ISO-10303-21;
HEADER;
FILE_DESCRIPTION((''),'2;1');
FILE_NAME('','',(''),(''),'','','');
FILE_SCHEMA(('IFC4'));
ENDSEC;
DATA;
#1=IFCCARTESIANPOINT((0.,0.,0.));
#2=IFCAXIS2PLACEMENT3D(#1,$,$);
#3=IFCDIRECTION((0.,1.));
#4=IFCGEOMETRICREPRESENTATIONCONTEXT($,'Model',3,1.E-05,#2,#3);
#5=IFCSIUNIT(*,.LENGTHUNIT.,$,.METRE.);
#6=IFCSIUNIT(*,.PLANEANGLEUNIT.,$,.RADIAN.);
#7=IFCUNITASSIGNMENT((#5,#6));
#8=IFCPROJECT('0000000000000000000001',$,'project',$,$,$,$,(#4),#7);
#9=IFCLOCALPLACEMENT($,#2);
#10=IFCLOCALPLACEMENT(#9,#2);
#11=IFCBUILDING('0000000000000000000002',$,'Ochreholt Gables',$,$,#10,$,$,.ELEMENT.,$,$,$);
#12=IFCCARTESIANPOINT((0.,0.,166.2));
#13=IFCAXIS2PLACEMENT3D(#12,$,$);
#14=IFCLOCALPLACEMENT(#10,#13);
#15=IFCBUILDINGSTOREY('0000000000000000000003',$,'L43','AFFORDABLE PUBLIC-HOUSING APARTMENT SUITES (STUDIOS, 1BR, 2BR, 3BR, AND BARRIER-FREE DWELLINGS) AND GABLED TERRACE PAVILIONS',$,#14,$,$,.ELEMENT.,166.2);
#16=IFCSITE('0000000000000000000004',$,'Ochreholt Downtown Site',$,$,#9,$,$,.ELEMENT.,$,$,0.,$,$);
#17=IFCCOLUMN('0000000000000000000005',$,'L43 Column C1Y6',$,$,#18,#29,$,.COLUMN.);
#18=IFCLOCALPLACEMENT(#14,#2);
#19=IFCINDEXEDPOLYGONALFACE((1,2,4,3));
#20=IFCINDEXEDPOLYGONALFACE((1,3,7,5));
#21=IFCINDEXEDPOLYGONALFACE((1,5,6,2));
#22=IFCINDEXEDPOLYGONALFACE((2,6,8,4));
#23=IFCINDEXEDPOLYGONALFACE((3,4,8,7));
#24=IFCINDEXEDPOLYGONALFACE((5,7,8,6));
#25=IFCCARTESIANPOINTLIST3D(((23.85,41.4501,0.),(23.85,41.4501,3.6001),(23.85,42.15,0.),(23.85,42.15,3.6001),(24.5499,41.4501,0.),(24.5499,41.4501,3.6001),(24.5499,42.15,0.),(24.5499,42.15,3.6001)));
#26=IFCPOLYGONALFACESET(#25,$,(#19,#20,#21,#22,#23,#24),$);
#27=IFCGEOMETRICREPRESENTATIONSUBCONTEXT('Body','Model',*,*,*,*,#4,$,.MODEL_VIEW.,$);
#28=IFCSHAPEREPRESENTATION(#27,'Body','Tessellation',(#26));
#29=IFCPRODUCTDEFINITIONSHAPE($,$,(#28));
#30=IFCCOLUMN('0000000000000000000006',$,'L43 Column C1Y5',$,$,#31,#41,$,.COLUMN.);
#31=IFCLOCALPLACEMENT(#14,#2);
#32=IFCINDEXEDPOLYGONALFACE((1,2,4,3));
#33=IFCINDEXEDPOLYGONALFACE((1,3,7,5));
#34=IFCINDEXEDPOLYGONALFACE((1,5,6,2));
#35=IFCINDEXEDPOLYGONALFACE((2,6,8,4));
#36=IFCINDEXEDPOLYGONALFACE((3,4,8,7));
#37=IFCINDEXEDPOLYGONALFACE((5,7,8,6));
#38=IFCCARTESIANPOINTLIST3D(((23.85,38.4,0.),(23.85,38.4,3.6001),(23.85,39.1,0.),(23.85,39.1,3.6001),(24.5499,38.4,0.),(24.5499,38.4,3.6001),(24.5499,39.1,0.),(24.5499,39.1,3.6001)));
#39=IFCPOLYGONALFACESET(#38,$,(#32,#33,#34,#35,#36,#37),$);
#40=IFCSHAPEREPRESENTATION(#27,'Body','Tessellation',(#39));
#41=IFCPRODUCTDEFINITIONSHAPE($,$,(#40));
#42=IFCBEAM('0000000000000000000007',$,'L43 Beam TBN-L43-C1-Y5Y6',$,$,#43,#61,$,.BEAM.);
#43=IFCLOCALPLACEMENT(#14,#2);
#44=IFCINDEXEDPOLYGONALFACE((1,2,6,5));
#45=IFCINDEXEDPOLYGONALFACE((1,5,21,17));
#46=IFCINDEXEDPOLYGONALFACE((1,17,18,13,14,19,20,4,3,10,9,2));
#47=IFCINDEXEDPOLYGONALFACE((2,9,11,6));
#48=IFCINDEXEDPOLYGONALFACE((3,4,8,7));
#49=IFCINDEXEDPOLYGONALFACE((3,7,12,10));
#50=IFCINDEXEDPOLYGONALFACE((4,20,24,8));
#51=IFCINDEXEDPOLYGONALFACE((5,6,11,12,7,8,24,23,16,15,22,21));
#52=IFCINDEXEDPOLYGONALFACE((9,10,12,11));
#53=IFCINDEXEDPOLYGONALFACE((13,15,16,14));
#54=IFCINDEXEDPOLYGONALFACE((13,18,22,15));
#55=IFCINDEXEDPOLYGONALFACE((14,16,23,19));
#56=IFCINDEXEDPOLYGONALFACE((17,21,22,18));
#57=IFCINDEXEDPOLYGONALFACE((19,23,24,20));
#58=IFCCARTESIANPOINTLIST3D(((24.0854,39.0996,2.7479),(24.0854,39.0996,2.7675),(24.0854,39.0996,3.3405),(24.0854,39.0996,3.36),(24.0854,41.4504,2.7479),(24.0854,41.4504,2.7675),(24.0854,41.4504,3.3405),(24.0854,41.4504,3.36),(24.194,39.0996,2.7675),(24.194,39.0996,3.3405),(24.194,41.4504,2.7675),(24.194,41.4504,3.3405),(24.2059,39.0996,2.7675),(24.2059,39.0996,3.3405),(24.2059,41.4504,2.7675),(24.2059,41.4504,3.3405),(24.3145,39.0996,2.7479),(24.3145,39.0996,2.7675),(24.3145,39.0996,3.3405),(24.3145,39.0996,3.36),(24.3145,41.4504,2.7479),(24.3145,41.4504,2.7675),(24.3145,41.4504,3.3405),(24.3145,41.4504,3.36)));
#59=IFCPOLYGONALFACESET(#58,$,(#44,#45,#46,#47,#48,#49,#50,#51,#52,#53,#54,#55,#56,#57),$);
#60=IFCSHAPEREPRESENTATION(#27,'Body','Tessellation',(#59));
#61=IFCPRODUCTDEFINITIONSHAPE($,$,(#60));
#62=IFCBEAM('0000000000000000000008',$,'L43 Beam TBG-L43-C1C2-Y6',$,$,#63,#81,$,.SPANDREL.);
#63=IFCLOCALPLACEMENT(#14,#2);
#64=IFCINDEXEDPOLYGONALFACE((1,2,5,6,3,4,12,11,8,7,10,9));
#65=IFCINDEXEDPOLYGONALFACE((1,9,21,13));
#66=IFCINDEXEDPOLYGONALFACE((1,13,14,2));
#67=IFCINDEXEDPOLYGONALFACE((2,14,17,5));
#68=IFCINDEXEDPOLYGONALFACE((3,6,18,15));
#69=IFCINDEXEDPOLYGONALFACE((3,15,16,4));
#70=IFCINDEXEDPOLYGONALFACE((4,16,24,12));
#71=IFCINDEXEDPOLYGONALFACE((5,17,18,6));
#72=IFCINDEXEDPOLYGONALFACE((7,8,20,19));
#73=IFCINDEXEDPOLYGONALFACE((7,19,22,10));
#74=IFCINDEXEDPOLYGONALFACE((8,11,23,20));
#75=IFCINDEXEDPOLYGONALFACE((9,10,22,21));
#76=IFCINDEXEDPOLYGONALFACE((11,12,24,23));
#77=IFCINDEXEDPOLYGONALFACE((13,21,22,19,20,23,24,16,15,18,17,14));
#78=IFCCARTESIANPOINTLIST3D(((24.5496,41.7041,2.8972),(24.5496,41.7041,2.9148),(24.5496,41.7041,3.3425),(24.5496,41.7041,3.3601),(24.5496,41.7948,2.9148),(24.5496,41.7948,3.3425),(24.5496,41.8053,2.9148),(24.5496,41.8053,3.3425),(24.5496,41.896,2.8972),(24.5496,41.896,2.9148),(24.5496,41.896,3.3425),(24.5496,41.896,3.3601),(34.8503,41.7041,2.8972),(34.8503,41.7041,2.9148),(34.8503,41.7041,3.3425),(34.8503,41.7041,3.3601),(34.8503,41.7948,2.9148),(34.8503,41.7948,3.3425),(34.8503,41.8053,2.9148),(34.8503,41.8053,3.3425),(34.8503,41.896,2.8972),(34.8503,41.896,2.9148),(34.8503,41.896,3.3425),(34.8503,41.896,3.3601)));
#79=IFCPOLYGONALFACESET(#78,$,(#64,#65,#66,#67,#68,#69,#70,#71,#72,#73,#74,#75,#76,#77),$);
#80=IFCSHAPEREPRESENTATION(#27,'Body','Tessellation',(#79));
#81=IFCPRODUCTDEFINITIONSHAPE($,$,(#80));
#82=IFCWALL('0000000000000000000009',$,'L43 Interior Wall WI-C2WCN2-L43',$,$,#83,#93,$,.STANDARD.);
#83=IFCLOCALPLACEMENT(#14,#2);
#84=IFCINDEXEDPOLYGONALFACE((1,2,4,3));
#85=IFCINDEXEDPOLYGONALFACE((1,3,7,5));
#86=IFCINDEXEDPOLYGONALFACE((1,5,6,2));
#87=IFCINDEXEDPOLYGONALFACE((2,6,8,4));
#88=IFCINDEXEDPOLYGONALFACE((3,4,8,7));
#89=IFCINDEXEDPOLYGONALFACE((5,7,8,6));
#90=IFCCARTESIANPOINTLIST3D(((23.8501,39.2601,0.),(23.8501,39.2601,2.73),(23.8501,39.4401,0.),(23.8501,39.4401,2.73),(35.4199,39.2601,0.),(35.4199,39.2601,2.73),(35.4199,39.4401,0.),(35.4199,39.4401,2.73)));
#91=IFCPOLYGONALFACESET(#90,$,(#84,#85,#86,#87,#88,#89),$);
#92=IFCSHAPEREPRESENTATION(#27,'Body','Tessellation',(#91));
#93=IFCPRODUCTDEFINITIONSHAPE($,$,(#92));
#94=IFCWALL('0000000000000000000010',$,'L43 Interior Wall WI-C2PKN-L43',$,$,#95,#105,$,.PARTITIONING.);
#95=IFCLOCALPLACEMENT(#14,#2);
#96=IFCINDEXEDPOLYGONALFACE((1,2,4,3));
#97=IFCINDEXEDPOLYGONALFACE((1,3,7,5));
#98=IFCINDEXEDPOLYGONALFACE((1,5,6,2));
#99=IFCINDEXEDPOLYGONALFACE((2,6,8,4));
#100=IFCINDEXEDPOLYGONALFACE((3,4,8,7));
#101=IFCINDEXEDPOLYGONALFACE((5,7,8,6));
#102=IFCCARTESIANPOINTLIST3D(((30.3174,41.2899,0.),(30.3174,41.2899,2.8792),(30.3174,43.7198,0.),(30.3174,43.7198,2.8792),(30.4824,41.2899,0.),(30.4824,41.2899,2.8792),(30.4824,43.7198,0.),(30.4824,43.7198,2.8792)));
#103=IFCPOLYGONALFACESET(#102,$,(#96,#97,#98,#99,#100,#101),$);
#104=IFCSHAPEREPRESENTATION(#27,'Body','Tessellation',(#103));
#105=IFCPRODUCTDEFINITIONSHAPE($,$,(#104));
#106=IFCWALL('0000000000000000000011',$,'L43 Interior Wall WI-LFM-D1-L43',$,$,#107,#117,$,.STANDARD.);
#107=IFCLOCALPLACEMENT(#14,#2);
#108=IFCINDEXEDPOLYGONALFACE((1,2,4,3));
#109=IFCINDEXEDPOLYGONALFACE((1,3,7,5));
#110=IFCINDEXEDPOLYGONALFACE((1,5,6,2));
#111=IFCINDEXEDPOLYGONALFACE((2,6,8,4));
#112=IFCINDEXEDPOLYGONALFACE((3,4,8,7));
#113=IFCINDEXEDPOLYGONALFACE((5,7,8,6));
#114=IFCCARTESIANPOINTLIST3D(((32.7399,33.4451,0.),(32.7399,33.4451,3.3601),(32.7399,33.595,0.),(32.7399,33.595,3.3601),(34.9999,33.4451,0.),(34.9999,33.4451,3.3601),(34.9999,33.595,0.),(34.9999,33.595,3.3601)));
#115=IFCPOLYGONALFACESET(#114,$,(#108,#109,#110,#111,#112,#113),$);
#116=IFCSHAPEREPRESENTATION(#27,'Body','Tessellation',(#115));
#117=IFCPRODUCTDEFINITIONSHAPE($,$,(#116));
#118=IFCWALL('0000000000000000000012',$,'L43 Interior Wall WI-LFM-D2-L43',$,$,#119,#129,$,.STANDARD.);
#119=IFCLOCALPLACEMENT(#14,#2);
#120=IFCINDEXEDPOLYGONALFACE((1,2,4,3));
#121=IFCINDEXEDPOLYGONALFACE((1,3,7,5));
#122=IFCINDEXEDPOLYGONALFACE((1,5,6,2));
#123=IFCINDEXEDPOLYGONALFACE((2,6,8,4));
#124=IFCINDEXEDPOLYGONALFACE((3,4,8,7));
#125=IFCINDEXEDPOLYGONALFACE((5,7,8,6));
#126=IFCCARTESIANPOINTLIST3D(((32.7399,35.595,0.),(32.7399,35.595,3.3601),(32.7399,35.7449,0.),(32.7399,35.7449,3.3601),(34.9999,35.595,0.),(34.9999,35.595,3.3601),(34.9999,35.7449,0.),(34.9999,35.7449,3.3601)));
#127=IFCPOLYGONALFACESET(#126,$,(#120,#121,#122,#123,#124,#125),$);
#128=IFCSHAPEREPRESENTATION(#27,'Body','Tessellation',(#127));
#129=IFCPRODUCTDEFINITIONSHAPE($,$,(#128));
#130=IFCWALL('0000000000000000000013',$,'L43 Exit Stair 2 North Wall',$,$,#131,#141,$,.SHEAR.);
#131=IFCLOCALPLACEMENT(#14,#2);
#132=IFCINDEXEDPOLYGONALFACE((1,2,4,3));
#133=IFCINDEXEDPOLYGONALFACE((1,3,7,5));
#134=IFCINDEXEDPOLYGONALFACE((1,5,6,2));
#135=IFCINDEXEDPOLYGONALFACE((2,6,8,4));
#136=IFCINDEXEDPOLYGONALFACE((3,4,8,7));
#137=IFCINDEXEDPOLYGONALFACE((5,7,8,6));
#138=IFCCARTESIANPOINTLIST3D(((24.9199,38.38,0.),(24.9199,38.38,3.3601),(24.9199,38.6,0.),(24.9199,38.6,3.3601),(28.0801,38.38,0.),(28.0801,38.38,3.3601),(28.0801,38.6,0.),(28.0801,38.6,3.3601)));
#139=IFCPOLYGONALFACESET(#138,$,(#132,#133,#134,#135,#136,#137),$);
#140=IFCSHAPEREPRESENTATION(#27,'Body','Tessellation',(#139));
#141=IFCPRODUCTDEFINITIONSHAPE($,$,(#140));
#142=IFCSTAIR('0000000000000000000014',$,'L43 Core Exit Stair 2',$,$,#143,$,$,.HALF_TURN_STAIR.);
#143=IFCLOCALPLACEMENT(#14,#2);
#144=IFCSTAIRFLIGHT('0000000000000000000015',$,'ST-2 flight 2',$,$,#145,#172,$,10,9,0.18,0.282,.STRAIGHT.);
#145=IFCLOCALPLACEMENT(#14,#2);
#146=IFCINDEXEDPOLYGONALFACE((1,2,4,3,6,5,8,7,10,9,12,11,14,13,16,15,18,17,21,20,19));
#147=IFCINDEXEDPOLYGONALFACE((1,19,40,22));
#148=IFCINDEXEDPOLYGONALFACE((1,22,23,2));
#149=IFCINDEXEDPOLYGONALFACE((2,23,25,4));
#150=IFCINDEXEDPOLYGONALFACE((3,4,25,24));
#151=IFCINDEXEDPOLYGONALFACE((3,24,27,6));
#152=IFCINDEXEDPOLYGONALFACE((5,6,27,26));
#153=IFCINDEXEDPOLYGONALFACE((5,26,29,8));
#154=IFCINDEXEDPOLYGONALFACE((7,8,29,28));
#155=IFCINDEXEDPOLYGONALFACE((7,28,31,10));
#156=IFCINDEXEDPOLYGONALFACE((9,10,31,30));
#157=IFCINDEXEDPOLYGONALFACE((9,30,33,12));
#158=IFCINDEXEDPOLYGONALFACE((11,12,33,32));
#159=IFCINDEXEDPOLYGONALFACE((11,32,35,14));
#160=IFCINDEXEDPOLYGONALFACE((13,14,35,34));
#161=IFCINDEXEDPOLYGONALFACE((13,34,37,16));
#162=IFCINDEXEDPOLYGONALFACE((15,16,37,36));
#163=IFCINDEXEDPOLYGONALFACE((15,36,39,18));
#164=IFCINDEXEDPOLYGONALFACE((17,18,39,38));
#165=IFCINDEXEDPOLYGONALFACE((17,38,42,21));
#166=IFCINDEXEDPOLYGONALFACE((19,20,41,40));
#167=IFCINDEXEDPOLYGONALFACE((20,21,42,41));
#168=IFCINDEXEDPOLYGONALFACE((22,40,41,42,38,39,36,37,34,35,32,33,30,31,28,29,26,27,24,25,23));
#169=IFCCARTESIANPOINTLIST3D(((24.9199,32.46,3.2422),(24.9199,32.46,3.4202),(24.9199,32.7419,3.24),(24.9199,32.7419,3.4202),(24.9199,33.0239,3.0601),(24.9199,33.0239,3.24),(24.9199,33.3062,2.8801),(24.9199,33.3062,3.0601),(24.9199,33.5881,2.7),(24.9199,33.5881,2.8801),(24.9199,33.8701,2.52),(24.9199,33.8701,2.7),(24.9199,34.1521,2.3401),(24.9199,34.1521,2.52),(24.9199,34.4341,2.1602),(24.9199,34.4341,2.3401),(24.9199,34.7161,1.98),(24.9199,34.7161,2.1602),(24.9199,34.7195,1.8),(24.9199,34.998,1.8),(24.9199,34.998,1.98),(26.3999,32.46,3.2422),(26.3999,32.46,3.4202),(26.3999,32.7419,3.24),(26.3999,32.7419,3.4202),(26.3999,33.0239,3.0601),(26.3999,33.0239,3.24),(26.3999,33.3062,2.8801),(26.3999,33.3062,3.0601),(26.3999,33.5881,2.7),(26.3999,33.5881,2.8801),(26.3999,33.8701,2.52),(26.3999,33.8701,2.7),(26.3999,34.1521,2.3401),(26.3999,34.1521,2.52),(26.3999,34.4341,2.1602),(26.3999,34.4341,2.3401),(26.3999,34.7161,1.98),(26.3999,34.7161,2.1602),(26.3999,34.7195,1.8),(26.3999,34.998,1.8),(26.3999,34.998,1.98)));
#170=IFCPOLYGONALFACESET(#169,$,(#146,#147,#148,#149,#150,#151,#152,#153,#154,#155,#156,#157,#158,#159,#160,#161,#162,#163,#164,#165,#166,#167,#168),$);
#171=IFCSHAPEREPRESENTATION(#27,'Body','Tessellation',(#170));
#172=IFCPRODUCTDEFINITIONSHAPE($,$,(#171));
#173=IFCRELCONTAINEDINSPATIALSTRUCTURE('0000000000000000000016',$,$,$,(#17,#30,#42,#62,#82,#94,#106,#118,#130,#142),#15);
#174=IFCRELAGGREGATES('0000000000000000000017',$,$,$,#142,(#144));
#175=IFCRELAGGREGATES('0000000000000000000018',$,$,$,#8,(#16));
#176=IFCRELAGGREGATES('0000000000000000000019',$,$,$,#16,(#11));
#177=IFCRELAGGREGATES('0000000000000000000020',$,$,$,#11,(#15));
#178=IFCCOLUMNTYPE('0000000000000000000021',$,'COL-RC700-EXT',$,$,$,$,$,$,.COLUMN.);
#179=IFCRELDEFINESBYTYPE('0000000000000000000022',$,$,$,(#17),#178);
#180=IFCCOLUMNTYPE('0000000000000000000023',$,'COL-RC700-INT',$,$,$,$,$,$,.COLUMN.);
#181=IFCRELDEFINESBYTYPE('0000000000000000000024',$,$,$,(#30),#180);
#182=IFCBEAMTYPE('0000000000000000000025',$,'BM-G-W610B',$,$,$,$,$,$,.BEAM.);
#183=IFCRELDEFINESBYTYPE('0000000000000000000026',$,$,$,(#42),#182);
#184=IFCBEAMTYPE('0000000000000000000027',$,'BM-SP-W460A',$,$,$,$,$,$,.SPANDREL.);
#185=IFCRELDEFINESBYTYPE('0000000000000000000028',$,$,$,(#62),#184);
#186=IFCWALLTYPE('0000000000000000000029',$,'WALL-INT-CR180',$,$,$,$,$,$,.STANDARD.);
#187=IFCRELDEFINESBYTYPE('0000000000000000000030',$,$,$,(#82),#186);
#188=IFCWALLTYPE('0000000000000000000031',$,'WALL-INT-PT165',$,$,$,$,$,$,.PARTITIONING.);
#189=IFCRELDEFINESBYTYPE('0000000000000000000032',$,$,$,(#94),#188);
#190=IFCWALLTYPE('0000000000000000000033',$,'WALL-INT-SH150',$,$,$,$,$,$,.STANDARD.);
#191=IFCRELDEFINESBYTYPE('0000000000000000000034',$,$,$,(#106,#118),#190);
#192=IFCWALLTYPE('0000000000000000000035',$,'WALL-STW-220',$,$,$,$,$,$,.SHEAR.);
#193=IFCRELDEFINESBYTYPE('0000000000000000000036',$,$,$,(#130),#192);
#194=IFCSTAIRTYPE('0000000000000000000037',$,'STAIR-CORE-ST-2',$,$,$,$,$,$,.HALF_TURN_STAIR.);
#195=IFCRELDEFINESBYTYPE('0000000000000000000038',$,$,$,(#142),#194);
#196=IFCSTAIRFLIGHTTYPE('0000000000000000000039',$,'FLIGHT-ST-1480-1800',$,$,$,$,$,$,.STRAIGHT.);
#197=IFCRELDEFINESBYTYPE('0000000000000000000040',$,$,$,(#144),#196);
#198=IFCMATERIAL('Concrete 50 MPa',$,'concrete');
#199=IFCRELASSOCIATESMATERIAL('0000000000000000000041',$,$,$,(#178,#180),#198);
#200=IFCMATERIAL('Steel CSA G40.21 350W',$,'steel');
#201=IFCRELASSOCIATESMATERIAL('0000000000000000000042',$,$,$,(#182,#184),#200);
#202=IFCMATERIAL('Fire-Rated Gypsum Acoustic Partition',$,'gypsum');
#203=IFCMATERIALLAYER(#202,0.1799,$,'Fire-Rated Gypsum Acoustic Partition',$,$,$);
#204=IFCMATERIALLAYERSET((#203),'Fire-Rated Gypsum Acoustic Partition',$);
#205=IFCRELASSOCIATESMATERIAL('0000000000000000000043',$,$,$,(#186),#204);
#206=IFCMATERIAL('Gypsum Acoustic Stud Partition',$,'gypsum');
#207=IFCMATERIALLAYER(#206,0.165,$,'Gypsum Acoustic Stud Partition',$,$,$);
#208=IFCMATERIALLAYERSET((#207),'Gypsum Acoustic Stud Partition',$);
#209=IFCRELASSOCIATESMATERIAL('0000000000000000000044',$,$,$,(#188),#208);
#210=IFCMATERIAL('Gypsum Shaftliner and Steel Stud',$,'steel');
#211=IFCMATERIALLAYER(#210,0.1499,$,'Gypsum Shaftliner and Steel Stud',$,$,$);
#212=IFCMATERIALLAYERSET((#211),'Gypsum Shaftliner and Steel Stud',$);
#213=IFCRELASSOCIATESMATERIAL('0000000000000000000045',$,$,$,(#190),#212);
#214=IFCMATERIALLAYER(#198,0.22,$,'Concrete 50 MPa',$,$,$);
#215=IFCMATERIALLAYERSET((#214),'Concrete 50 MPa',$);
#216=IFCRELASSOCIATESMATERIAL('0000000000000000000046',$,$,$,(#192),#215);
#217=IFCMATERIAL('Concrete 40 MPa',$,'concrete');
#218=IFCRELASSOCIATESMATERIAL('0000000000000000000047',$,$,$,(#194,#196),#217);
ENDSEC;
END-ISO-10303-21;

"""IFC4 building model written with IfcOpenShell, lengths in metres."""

from ifc_helpers import new_model, si_unit, direction, frame, frame_2d, origin, origin_2d, place, context, subcontext, project, spatial, polyline, rectangle, i_section, outline, extrude, material, layer, layer_set, material_profile, profile_set, type_object, element, aggregate, save


model = new_model("IFC4")

# Units and contexts
model_context = context("Model", 3, precision=1e-05, world=origin(), true_north=direction((0.0, 1.0)))
body_context = subcontext(model_context, "Body", "Model", "MODEL_VIEW")
ifc_project = project(units=[si_unit("LENGTHUNIT", "METRE"), si_unit("PLANEANGLEUNIT", "RADIAN")], contexts=[model_context])

# Site, building, storey
site_placement = place(None, origin())
site = spatial("IfcSite", under=ifc_project, at=site_placement, Name="Ochreholt Downtown Site", CompositionType="ELEMENT", RefElevation=0.0)
building_placement = place(site_placement, origin())
building = spatial("IfcBuilding", under=site, at=building_placement, Name="Ochreholt Gables", CompositionType="ELEMENT")
storey_placement = place(building_placement, frame((0.0, 0.0, 166.2)))
storey = spatial("IfcBuildingStorey", under=building, at=storey_placement, Name="L43", Description="AFFORDABLE PUBLIC-HOUSING APARTMENT SUITES (STUDIOS, 1BR, 2BR, 3BR, AND BARRIER-FREE DWELLINGS) AND GABLED TERRACE PAVILIONS", CompositionType="ELEMENT", Elevation=166.2)

# Columns
ifc_material_1 = material(Name="Concrete 50 MPa", Category="concrete")
ifc_material_profile_1 = material_profile(ifc_material_1, rectangle(XDim=0.7, YDim=0.7, at=origin_2d()), Name="RC700X700")
ifc_profile_set_1 = profile_set([ifc_material_profile_1], Name="Concrete 50 MPa")
column_type_1 = type_object("IfcColumnType", Name="COL-RC700-EXT", PredefinedType="COLUMN", material=ifc_profile_set_1)
column_1_placement = place(storey_placement, frame((24.2, 41.8, 0.0), z_axis=(0.0, 0.0, 1.0), x_axis=(1.0, 0.0, 0.0)))
element("IfcColumn", 1, at=column_1_placement, inside=storey, type_object=column_type_1, Name="L43 Column C1Y6", PredefinedType="COLUMN", context=body_context, shape_type="SweptSolid", body=[
    extrude(rectangle(XDim=0.7, YDim=0.7, at=origin_2d()), origin(), (0.0, 0.0, 1.0), 3.6001),
])
ifc_material_profile_2 = material_profile(ifc_material_1, rectangle(XDim=0.7, YDim=0.7, at=origin_2d()), Name="RC700X700")
ifc_profile_set_2 = profile_set([ifc_material_profile_2], Name="Concrete 50 MPa")
column_type_2 = type_object("IfcColumnType", Name="COL-RC700-INT", PredefinedType="COLUMN", material=ifc_profile_set_2)
column_2_placement = place(storey_placement, frame((24.2, 38.75, 0.0), z_axis=(0.0, 0.0, 1.0), x_axis=(1.0, 0.0, 0.0)))
element("IfcColumn", 2, at=column_2_placement, inside=storey, type_object=column_type_2, Name="L43 Column C1Y5", PredefinedType="COLUMN", context=body_context, shape_type="SweptSolid", body=[
    extrude(rectangle(XDim=0.7, YDim=0.7, at=origin_2d()), origin(), (0.0, 0.0, 1.0), 3.6001),
])

# Beams
ifc_material_2 = material(Name="Steel CSA G40.21 350W", Category="steel")
ifc_material_profile_3 = material_profile(ifc_material_2, i_section(OverallWidth=0.229, OverallDepth=0.6121, WebThickness=0.012, FlangeThickness=0.0195, at=origin_2d()), Name="W610X125")
ifc_profile_set_3 = profile_set([ifc_material_profile_3], Name="Steel CSA G40.21 350W")
beam_type_1 = type_object("IfcBeamType", Name="BM-G-W610B", PredefinedType="BEAM", material=ifc_profile_set_3)
beam_1_placement = place(storey_placement, frame((24.2, 39.0996, 3.054), z_axis=(0.0, 1.0, 0.0), x_axis=(-1.0, 0.0, 0.0)))
element("IfcBeam", 3, at=beam_1_placement, inside=storey, type_object=beam_type_1, Name="L43 Beam TBN-L43-C1-Y5Y6", PredefinedType="BEAM", context=body_context, shape_type="SweptSolid", body=[
    extrude(i_section(OverallWidth=0.229, OverallDepth=0.6121, WebThickness=0.012, FlangeThickness=0.0195, at=origin_2d()), origin(), (0.0, 0.0, 1.0), 2.3508),
])
ifc_material_profile_4 = material_profile(ifc_material_2, i_section(OverallWidth=0.1919, OverallDepth=0.4629, WebThickness=0.0105, FlangeThickness=0.0176, at=origin_2d()), Name="W460X89")
ifc_profile_set_4 = profile_set([ifc_material_profile_4], Name="Steel CSA G40.21 350W")
beam_type_2 = type_object("IfcBeamType", Name="BM-SP-W460A", PredefinedType="SPANDREL", material=ifc_profile_set_4)
beam_2_placement = place(storey_placement, frame((24.5496, 41.8, 3.1287), z_axis=(1.0, 0.0, 0.0), x_axis=(0.0, 1.0, 0.0)))
element("IfcBeam", 4, at=beam_2_placement, inside=storey, type_object=beam_type_2, Name="L43 Beam TBG-L43-C1C2-Y6", PredefinedType="SPANDREL", context=body_context, shape_type="SweptSolid", body=[
    extrude(i_section(OverallWidth=0.1919, OverallDepth=0.4629, WebThickness=0.0105, FlangeThickness=0.0176, at=origin_2d()), origin(), (0.0, 0.0, 1.0), 10.3008),
])

# Walls
ifc_material_3 = material(Name="Fire-Rated Gypsum Acoustic Partition", Category="gypsum")
ifc_layer_1 = layer(ifc_material_3, 0.1799, Name="Fire-Rated Gypsum Acoustic Partition")
ifc_layer_set_1 = layer_set([ifc_layer_1], Name="Fire-Rated Gypsum Acoustic Partition")
wall_type_1 = type_object("IfcWallType", Name="WALL-INT-CR180", PredefinedType="STANDARD", material=ifc_layer_set_1)
wall_1_placement = place(storey_placement, frame((23.8501, 39.3501, 0.0), z_axis=(0.0, 0.0, 1.0), x_axis=(1.0, 0.0, 0.0)))
element("IfcWall", 5, at=wall_1_placement, inside=storey, type_object=wall_type_1, Name="L43 Interior Wall WI-C2WCN2-L43", PredefinedType="STANDARD", context=body_context, shape_type="SweptSolid", body=[
    extrude(rectangle(XDim=11.5698, YDim=0.1799, at=frame_2d((5.7849, 0.0))), origin(), (0.0, 0.0, 1.0), 2.73),
])
ifc_material_4 = material(Name="Gypsum Acoustic Stud Partition", Category="gypsum")
ifc_layer_2 = layer(ifc_material_4, 0.165, Name="Gypsum Acoustic Stud Partition")
ifc_layer_set_2 = layer_set([ifc_layer_2], Name="Gypsum Acoustic Stud Partition")
wall_type_2 = type_object("IfcWallType", Name="WALL-INT-PT165", PredefinedType="PARTITIONING", material=ifc_layer_set_2)
wall_2_placement = place(storey_placement, frame((30.3999, 41.29, 0.0), z_axis=(0.0, 0.0, 1.0), x_axis=(0.0, 1.0, 0.0)))
element("IfcWall", 6, at=wall_2_placement, inside=storey, type_object=wall_type_2, Name="L43 Interior Wall WI-C2PKN-L43", PredefinedType="PARTITIONING", context=body_context, shape_type="SweptSolid", body=[
    extrude(rectangle(XDim=2.4299, YDim=0.165, at=frame_2d((1.2148, 0.0))), origin(), (0.0, 0.0, 1.0), 2.8792),
])
ifc_material_5 = material(Name="Gypsum Shaftliner and Steel Stud", Category="steel")
ifc_layer_3 = layer(ifc_material_5, 0.1499, Name="Gypsum Shaftliner and Steel Stud")
ifc_layer_set_3 = layer_set([ifc_layer_3], Name="Gypsum Shaftliner and Steel Stud")
wall_type_3 = type_object("IfcWallType", Name="WALL-INT-SH150", PredefinedType="STANDARD", material=ifc_layer_set_3)
for number, where, z_axis, x_axis, name in (
    (7, (32.74, 33.52, 0.0), (0.0, 0.0, 1.0), (1.0, 0.0, 0.0), "L43 Interior Wall WI-LFM-D1-L43"),
    (8, (32.74, 35.6699, 0.0), (0.0, 0.0, 1.0), (1.0, 0.0, 0.0), "L43 Interior Wall WI-LFM-D2-L43"),
):
    element("IfcWall", number, at=place(storey_placement, frame(where, z_axis=z_axis, x_axis=x_axis)), inside=storey, type_object=wall_type_3, Name=name, PredefinedType="STANDARD", context=body_context, shape_type="SweptSolid", body=[
        extrude(rectangle(XDim=2.26, YDim=0.1499, at=frame_2d((1.1299, 0.0))), origin(), (0.0, 0.0, 1.0), 3.3601),
    ])
ifc_layer_4 = layer(ifc_material_1, 0.22, Name="Concrete 50 MPa")
ifc_layer_set_4 = layer_set([ifc_layer_4], Name="Concrete 50 MPa")
wall_type_4 = type_object("IfcWallType", Name="WALL-STW-220", PredefinedType="SHEAR", material=ifc_layer_set_4)
wall_3_placement = place(storey_placement, frame((24.9199, 38.49, 0.0), z_axis=(0.0, 0.0, 1.0), x_axis=(1.0, 0.0, 0.0)))
element("IfcWall", 9, at=wall_3_placement, inside=storey, type_object=wall_type_4, Name="L43 Exit Stair 2 North Wall", PredefinedType="SHEAR", context=body_context, shape_type="SweptSolid", body=[
    extrude(rectangle(XDim=3.1602, YDim=0.22, at=frame_2d((1.5801, 0.0))), origin(), (0.0, 0.0, 1.0), 3.3601),
])

# Stair, stair flight
ifc_material_6 = material(Name="Concrete 40 MPa", Category="concrete")
stair_type = type_object("IfcStairType", Name="STAIR-CORE-ST-2", PredefinedType="HALF_TURN_STAIR", material=ifc_material_6)
stair_placement = place(storey_placement, origin())
stair = element("IfcStair", 10, at=stair_placement, inside=storey, type_object=stair_type, Name="L43 Core Exit Stair 2", PredefinedType="HALF_TURN_STAIR")
stair_flight_type = type_object("IfcStairFlightType", Name="FLIGHT-ST-1480-1800", PredefinedType="STRAIGHT", material=ifc_material_6)
stair_flight_placement = place(storey_placement, frame((25.6599, 34.998, 1.8), z_axis=(0.0, 0.0, 1.0), x_axis=(0.0, -1.0, 0.0)))
stair_flight = element("IfcStairFlight", 11, at=stair_flight_placement, type_object=stair_flight_type, Name="ST-2 flight 2", NumberOfRisers=10, NumberOfTreads=9, PredefinedType="STRAIGHT", RiserHeight=0.18, TreadLength=0.282, context=body_context, shape_type="SweptSolid", body=[
    extrude(outline(polyline([(0.0, 0.0), (0.0, 0.1799), (0.282, 0.1799), (0.282, 0.3601), (0.564, 0.3601), (0.564, 0.54), (0.8459, 0.54), (0.8459, 0.72), (1.1279, 0.72), (1.1279, 0.8999), (1.4099, 0.8999), (1.4099, 1.0801), (1.6919, 1.0801), (1.6919, 1.26), (1.9741, 1.26), (1.9741, 1.4399), (2.2561, 1.4399), (2.2561, 1.6201), (2.5381, 1.6201), (2.5381, 1.8), (2.5381, 1.4421), (0.2786, 0.0), (0.0, 0.0)])), frame((0.0, 0.74, 0.0), z_axis=(0.0, -1.0, 0.0), x_axis=(1.0, 0.0, 0.0)), (0.0, 0.0, 1.0), 1.48),
])
aggregate(stair, [stair_flight])

save(model, "model.ifc")
